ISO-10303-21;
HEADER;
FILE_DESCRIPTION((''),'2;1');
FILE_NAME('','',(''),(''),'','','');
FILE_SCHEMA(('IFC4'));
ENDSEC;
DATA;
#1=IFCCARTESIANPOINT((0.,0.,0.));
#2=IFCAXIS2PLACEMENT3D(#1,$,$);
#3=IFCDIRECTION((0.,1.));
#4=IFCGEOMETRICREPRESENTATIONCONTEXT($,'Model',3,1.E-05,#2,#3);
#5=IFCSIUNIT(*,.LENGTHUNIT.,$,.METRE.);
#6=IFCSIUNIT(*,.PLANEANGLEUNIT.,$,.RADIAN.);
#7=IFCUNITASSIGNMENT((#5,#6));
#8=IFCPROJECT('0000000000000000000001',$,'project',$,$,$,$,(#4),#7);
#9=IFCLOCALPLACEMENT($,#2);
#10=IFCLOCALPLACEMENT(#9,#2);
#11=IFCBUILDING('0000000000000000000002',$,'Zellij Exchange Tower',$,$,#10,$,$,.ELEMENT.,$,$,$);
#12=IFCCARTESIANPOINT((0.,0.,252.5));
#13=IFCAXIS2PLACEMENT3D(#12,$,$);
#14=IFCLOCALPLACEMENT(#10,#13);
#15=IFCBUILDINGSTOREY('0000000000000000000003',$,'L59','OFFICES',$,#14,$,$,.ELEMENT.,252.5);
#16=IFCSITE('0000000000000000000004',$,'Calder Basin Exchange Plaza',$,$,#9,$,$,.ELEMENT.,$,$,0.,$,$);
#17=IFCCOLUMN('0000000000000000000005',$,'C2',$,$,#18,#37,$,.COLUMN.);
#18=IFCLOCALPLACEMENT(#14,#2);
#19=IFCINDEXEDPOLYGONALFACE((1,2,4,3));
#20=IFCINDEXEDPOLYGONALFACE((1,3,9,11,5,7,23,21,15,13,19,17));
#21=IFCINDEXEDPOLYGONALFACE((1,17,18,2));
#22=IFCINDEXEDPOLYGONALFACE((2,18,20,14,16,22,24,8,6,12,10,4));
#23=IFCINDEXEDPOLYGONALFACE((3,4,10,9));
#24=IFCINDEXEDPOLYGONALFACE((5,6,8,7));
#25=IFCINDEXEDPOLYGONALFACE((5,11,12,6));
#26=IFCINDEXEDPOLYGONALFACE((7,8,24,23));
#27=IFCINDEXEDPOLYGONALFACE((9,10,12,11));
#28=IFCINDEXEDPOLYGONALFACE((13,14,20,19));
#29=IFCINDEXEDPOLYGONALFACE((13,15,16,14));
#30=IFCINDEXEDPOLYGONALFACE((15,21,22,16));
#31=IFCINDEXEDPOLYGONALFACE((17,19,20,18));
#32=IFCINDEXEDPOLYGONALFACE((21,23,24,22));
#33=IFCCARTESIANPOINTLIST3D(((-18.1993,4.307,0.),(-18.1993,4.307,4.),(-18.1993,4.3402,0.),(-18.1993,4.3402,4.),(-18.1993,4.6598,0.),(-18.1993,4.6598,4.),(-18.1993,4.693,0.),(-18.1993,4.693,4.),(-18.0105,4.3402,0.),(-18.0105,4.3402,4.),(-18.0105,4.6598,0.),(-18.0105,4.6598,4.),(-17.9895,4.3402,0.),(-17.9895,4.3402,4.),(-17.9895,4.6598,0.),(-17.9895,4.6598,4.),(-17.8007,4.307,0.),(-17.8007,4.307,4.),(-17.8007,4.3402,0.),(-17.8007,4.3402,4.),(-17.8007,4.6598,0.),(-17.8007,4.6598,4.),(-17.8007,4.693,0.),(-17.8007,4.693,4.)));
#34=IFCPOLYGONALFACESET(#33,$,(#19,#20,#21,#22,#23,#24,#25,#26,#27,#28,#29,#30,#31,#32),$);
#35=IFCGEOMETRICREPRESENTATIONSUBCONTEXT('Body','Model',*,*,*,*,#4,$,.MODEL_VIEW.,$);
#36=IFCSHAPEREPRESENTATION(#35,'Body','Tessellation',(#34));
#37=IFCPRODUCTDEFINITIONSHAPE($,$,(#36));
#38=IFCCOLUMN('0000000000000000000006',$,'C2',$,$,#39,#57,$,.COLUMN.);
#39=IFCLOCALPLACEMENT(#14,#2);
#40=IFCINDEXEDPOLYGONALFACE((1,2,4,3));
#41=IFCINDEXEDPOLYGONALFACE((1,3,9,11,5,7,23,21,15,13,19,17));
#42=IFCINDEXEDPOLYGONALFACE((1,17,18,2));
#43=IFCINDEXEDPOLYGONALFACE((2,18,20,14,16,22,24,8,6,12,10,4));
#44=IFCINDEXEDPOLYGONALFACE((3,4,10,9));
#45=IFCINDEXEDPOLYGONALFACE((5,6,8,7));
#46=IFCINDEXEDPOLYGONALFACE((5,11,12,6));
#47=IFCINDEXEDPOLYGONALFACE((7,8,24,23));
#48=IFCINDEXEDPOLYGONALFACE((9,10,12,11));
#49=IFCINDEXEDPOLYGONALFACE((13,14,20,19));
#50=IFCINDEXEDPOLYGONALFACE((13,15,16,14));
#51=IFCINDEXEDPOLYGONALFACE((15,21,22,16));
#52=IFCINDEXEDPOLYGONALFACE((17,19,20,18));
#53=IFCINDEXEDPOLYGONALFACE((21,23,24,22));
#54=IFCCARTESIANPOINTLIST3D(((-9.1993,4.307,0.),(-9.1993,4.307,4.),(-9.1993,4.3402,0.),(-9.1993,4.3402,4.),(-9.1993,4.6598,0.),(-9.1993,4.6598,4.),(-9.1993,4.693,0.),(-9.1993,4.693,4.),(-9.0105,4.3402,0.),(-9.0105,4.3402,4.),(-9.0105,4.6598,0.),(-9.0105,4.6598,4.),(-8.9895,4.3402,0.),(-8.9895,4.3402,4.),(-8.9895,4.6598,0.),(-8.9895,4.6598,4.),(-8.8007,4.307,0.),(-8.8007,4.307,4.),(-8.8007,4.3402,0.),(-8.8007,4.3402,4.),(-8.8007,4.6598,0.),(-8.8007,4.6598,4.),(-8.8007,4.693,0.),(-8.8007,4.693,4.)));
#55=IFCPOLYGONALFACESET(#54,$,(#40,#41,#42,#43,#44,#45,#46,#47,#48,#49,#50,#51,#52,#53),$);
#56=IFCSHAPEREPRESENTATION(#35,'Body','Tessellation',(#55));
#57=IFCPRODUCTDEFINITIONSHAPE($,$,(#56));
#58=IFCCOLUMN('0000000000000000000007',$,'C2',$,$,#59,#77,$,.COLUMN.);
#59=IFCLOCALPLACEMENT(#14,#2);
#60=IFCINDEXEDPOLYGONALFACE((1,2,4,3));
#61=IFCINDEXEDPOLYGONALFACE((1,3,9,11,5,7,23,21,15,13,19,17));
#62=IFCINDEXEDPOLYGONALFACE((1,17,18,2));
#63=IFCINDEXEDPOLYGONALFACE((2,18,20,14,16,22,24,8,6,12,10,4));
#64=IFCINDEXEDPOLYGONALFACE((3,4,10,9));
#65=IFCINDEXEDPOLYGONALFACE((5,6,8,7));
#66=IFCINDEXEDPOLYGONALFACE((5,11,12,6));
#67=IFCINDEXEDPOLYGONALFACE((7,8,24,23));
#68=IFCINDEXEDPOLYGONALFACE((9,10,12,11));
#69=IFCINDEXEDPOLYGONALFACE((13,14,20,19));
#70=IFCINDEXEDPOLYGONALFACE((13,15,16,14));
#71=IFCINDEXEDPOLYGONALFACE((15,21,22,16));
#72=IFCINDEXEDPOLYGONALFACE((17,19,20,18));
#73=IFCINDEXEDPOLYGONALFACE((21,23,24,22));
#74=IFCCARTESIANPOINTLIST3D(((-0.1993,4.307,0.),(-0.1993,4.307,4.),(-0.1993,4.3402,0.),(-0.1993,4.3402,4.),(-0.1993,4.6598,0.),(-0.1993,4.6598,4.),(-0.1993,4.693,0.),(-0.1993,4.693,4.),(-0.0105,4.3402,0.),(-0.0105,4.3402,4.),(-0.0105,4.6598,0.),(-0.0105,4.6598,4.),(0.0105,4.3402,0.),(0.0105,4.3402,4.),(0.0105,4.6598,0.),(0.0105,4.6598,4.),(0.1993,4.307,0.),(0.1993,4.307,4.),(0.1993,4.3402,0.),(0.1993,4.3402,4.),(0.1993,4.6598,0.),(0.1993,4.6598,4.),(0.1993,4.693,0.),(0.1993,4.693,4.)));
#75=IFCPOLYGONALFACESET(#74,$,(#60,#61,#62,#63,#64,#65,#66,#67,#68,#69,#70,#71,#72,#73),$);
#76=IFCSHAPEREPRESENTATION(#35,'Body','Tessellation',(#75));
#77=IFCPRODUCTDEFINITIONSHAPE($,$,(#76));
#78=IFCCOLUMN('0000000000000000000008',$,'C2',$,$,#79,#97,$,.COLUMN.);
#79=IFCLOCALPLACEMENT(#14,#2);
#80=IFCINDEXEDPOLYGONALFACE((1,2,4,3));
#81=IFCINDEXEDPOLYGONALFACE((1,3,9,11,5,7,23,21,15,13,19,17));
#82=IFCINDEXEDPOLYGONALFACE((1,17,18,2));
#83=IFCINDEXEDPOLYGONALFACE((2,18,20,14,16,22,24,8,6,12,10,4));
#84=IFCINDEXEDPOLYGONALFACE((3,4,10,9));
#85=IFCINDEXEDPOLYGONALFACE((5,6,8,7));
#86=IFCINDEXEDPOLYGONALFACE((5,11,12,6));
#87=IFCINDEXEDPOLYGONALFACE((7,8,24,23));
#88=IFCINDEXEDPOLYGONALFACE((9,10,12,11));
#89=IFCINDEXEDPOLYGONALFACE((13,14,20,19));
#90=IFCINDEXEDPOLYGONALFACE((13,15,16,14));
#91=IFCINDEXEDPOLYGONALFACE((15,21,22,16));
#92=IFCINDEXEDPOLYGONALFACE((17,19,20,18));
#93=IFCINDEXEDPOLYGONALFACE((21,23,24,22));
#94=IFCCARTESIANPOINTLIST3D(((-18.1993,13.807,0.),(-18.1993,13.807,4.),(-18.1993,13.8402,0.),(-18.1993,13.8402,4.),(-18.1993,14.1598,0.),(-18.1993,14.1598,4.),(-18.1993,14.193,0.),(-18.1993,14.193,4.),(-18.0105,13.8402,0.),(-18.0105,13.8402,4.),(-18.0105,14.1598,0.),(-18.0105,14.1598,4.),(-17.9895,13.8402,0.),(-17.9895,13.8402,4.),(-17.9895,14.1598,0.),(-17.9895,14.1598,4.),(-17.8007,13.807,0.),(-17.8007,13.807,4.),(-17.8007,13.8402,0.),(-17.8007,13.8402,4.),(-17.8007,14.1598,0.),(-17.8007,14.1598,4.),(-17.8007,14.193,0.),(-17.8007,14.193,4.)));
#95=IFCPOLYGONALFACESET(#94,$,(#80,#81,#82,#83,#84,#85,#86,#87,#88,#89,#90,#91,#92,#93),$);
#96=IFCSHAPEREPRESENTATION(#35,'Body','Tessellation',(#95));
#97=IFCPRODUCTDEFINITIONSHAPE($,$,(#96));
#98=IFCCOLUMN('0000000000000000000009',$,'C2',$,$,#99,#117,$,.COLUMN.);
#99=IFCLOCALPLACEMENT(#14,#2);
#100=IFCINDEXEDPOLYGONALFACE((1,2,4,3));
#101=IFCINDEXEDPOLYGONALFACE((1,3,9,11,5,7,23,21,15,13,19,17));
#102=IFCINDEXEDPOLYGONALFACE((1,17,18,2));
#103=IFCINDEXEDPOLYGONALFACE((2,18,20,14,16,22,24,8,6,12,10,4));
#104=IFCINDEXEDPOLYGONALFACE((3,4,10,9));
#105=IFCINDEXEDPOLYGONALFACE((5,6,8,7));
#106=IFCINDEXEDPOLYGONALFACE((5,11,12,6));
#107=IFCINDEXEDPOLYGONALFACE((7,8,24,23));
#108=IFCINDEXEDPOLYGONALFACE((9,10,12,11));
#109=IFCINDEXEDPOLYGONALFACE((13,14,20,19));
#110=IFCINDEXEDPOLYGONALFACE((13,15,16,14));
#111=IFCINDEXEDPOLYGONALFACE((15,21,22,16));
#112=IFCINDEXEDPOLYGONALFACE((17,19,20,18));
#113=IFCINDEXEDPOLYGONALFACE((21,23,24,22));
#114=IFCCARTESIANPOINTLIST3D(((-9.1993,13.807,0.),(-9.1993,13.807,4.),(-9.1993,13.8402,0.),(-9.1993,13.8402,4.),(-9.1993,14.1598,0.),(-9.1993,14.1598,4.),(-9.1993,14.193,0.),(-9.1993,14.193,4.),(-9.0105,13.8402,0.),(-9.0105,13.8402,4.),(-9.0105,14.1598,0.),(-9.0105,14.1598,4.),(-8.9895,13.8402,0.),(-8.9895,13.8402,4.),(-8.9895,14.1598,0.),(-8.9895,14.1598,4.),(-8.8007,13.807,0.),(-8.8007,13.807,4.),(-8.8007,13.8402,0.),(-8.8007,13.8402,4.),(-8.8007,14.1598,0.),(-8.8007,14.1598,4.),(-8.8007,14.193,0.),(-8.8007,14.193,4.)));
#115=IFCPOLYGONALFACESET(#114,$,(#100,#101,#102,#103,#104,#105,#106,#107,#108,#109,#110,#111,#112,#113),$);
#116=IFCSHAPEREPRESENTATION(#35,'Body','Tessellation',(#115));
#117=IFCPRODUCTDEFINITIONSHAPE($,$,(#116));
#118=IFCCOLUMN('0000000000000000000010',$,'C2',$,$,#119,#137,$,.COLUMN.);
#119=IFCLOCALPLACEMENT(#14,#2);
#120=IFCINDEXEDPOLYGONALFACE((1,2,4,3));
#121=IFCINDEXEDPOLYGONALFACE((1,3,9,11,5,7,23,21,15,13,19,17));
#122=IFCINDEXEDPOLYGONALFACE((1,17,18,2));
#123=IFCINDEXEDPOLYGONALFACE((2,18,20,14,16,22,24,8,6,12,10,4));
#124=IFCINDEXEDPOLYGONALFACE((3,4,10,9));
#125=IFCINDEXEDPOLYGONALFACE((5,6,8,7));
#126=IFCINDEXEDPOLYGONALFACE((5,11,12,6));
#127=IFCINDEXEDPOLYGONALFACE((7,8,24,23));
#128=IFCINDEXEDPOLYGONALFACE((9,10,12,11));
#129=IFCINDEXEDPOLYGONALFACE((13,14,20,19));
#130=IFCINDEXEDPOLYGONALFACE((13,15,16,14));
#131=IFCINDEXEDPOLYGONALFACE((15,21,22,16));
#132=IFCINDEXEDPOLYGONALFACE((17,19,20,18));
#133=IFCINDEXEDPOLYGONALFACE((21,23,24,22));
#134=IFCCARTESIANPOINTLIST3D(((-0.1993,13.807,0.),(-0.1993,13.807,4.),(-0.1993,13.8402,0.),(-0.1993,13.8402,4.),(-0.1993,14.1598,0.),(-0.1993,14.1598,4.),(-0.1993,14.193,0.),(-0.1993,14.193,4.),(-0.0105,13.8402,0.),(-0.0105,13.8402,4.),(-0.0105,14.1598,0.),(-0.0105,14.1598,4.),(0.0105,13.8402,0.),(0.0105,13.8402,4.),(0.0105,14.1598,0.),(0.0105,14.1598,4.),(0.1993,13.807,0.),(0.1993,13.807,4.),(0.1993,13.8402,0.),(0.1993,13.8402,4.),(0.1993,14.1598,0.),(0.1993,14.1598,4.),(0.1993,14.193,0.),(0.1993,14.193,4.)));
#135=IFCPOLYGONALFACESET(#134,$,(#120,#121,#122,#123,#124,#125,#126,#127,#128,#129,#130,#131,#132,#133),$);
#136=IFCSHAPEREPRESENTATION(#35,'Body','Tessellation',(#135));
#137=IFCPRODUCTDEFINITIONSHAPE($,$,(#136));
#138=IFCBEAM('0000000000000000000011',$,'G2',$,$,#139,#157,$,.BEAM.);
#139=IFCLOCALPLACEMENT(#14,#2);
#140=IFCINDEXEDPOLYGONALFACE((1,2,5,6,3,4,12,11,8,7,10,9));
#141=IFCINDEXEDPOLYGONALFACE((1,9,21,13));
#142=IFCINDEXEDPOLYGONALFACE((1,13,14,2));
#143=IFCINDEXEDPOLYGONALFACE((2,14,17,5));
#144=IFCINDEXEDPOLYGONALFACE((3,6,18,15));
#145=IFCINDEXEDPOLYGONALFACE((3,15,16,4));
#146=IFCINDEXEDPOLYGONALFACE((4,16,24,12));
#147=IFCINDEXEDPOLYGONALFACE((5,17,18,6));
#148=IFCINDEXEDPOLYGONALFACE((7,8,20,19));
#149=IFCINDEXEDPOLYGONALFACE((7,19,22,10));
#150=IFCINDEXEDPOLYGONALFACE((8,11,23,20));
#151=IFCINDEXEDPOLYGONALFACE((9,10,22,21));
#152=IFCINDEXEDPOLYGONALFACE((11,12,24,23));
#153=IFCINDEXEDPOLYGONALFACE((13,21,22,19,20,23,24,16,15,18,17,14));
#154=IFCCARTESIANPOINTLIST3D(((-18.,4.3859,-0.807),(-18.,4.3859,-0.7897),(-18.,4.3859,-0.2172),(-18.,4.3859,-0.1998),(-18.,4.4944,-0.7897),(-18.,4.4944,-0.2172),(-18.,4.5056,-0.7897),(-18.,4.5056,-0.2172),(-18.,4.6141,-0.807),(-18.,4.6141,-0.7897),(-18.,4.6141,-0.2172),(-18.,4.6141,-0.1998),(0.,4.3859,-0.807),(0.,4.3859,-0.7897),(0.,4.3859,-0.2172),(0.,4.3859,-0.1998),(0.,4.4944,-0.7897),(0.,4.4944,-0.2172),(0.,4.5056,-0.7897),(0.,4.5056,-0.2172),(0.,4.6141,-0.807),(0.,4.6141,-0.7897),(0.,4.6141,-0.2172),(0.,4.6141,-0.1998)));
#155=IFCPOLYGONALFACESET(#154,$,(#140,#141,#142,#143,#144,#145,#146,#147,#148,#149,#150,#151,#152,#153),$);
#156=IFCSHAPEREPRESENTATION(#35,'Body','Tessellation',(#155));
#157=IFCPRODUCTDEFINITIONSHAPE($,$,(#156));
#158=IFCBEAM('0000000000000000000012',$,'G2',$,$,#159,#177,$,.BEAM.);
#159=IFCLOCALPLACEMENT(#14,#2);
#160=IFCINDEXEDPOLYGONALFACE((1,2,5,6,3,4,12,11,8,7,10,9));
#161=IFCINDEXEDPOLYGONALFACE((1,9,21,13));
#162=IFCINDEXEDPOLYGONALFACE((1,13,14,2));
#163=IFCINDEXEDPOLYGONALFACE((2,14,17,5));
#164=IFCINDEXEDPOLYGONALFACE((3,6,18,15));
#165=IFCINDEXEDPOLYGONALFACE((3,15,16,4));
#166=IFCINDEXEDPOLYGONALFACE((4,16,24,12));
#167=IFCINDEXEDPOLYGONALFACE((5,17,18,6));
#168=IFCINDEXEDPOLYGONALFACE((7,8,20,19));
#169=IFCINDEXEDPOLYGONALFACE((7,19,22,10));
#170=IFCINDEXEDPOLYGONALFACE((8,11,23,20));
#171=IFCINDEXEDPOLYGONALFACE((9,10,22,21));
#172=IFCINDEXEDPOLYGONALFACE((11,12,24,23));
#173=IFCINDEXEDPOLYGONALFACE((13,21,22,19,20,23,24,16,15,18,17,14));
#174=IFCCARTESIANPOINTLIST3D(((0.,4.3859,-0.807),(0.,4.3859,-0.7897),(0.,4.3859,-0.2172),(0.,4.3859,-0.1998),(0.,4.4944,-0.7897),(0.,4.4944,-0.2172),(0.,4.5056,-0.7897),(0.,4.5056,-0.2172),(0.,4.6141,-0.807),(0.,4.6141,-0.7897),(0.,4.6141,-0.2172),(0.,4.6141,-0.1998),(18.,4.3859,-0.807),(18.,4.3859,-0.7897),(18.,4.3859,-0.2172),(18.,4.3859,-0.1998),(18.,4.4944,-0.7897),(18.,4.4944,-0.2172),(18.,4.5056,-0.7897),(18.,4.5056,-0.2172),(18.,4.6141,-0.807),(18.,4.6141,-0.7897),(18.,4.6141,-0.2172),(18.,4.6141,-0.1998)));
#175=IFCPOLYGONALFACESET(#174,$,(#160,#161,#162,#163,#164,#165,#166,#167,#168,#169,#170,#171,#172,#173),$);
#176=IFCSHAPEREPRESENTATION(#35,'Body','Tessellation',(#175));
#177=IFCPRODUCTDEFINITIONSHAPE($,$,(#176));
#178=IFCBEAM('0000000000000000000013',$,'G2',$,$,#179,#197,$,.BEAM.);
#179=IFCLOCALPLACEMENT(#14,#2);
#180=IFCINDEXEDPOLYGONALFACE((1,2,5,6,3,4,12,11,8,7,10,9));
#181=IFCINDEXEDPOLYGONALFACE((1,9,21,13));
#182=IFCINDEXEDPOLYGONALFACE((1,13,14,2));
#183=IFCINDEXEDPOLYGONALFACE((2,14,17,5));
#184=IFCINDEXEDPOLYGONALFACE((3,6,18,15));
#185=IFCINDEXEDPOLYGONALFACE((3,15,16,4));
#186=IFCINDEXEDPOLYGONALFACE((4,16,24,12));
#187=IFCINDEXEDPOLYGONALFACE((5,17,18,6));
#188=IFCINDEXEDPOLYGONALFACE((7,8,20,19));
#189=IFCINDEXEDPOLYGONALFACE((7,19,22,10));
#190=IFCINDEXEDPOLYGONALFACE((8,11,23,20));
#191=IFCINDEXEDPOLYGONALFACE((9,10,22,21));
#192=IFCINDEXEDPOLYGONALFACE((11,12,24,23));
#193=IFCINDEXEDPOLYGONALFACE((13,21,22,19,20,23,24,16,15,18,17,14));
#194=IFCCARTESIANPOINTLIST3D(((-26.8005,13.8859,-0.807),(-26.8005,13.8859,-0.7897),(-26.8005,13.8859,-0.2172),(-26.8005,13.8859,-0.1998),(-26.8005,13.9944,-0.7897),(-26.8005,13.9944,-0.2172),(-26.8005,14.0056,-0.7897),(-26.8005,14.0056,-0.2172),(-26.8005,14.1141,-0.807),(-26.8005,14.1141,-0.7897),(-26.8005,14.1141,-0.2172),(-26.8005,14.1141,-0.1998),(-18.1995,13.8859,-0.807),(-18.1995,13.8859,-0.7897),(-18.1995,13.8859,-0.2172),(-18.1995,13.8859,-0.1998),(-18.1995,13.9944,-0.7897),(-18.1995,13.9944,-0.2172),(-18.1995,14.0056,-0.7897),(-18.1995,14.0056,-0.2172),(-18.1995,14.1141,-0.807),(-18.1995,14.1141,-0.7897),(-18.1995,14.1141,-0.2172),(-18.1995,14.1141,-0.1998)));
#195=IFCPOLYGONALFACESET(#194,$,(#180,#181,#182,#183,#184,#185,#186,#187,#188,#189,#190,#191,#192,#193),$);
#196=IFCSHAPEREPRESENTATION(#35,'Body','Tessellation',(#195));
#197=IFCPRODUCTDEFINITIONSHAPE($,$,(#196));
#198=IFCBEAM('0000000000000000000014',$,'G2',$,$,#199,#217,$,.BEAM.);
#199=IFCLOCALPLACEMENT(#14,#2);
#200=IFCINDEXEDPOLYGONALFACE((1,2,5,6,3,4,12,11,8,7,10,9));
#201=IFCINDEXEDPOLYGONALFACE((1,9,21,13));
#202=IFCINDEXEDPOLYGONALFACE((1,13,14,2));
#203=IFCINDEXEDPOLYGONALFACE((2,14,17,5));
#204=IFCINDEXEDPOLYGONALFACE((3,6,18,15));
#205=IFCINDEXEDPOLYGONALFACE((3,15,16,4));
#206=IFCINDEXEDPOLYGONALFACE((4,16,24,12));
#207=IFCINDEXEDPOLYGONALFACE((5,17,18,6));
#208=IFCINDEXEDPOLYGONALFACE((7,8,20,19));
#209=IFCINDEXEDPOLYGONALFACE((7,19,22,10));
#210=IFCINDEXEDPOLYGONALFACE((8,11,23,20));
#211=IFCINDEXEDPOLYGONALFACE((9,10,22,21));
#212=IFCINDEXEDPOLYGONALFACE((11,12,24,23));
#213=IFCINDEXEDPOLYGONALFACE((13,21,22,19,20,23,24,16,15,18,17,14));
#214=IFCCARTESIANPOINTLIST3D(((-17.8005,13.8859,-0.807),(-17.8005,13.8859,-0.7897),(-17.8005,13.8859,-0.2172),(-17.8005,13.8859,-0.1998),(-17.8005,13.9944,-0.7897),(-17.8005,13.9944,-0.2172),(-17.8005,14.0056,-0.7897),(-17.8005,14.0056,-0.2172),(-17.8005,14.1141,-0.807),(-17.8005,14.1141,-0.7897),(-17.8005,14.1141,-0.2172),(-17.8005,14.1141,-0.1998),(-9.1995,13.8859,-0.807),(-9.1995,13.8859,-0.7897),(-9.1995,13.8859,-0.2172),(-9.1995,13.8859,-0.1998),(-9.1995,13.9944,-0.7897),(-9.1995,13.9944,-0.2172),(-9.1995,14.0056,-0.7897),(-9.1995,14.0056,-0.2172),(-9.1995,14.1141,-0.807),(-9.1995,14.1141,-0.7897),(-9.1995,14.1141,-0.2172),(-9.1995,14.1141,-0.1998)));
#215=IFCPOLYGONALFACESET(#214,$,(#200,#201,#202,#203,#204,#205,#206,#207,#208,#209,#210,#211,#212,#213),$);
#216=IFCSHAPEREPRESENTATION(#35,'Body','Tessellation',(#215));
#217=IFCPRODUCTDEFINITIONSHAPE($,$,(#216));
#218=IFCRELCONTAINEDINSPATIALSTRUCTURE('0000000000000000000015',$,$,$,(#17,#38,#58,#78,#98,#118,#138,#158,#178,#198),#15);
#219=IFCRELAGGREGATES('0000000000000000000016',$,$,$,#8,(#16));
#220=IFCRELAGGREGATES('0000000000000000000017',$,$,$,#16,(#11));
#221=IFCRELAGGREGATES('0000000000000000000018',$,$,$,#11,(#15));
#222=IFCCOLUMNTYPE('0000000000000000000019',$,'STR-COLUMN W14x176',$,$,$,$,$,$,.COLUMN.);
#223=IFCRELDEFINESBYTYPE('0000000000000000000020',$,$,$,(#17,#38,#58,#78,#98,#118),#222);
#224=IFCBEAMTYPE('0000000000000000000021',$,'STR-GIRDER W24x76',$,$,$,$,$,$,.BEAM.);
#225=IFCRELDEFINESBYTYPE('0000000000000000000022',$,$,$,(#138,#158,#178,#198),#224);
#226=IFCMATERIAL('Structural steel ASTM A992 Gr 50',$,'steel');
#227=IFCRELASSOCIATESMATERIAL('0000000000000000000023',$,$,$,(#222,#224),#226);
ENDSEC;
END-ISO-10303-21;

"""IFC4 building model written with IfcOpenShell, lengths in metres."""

from ifc_helpers import new_model, si_unit, direction, frame, origin, origin_2d, place, context, subcontext, project, spatial, i_section, extrude, material, material_profile, profile_set, type_object, element, save


model = new_model("IFC4")

# Units and contexts
model_context = context("Model", 3, precision=1e-05, world=origin(), true_north=direction((0.0, 1.0)))
body_context = subcontext(model_context, "Body", "Model", "MODEL_VIEW")
ifc_project = project(units=[si_unit("LENGTHUNIT", "METRE"), si_unit("PLANEANGLEUNIT", "RADIAN")], contexts=[model_context])

# Site, building, storey
site_placement = place(None, origin())
site = spatial("IfcSite", under=ifc_project, at=site_placement, Name="Calder Basin Exchange Plaza", CompositionType="ELEMENT", RefElevation=0.0)
building_placement = place(site_placement, origin())
building = spatial("IfcBuilding", under=site, at=building_placement, Name="Zellij Exchange Tower", CompositionType="ELEMENT")
storey_placement = place(building_placement, frame((0.0, 0.0, 252.5)))
storey = spatial("IfcBuildingStorey", under=building, at=storey_placement, Name="L59", Description="OFFICES", CompositionType="ELEMENT", Elevation=252.5)

# Columns
ifc_material_1 = material(Name="Structural steel ASTM A992 Gr 50", Category="steel")
ifc_material_profile_1 = material_profile(ifc_material_1, i_section(OverallWidth=0.3987, OverallDepth=0.386, WebThickness=0.021, FlangeThickness=0.0332, at=origin_2d()), Name="W14x176")
ifc_profile_set_1 = profile_set([ifc_material_profile_1], Name="Structural steel ASTM A992 Gr 50")
column_type = type_object("IfcColumnType", Name="STR-COLUMN W14x176", PredefinedType="COLUMN", material=ifc_profile_set_1)
for number, where, z_axis, x_axis, name in (
    (1, (-18.0, 4.5, 0.0), (0.0, 0.0, 1.0), (1.0, 0.0, 0.0), "C2"),
    (2, (-9.0, 4.5, 0.0), (0.0, 0.0, 1.0), (1.0, 0.0, 0.0), "C2"),
    (3, (0.0, 4.5, 0.0), (0.0, 0.0, 1.0), (1.0, 0.0, 0.0), "C2"),
    (4, (-18.0, 14.0, 0.0), (0.0, 0.0, 1.0), (1.0, 0.0, 0.0), "C2"),
    (5, (-9.0, 14.0, 0.0), (0.0, 0.0, 1.0), (1.0, 0.0, 0.0), "C2"),
    (6, (0.0, 14.0, 0.0), (0.0, 0.0, 1.0), (1.0, 0.0, 0.0), "C2"),
):
    element("IfcColumn", number, at=place(storey_placement, frame(where, z_axis=z_axis, x_axis=x_axis)), inside=storey, type_object=column_type, Name=name, PredefinedType="COLUMN", context=body_context, shape_type="SweptSolid", body=[
        extrude(i_section(OverallWidth=0.3987, OverallDepth=0.386, WebThickness=0.021, FlangeThickness=0.0332, at=origin_2d()), origin(), (0.0, 0.0, 1.0), 4.0),
    ])

# Beams
ifc_material_profile_2 = material_profile(ifc_material_1, i_section(OverallWidth=0.2283, OverallDepth=0.6072, WebThickness=0.0112, FlangeThickness=0.0173, at=origin_2d()), Name="W24x76")
ifc_profile_set_2 = profile_set([ifc_material_profile_2], Name="Structural steel ASTM A992 Gr 50")
beam_type = type_object("IfcBeamType", Name="STR-GIRDER W24x76", PredefinedType="BEAM", material=ifc_profile_set_2)
for number, where, z_axis, x_axis, name in (
    (7, (-18.0, 4.5, -0.5034), (1.0, 0.0, 0.0), (0.0, 1.0, 0.0), "G2"),
    (8, (0.0, 4.5, -0.5034), (1.0, 0.0, 0.0), (0.0, 1.0, 0.0), "G2"),
):
    element("IfcBeam", number, at=place(storey_placement, frame(where, z_axis=z_axis, x_axis=x_axis)), inside=storey, type_object=beam_type, Name=name, PredefinedType="BEAM", context=body_context, shape_type="SweptSolid", body=[
        extrude(i_section(OverallWidth=0.2283, OverallDepth=0.6072, WebThickness=0.0112, FlangeThickness=0.0173, at=origin_2d()), origin(), (0.0, 0.0, 1.0), 18.0),
    ])
for number, where, z_axis, x_axis, name in (
    (9, (-26.8005, 14.0, -0.5034), (1.0, 0.0, 0.0), (0.0, 1.0, 0.0), "G2"),
    (10, (-17.8005, 14.0, -0.5034), (1.0, 0.0, 0.0), (0.0, 1.0, 0.0), "G2"),
):
    element("IfcBeam", number, at=place(storey_placement, frame(where, z_axis=z_axis, x_axis=x_axis)), inside=storey, type_object=beam_type, Name=name, PredefinedType="BEAM", context=body_context, shape_type="SweptSolid", body=[
        extrude(i_section(OverallWidth=0.2283, OverallDepth=0.6072, WebThickness=0.0112, FlangeThickness=0.0173, at=origin_2d()), origin(), (0.0, 0.0, 1.0), 8.6011),
    ])

save(model, "model.ifc")
